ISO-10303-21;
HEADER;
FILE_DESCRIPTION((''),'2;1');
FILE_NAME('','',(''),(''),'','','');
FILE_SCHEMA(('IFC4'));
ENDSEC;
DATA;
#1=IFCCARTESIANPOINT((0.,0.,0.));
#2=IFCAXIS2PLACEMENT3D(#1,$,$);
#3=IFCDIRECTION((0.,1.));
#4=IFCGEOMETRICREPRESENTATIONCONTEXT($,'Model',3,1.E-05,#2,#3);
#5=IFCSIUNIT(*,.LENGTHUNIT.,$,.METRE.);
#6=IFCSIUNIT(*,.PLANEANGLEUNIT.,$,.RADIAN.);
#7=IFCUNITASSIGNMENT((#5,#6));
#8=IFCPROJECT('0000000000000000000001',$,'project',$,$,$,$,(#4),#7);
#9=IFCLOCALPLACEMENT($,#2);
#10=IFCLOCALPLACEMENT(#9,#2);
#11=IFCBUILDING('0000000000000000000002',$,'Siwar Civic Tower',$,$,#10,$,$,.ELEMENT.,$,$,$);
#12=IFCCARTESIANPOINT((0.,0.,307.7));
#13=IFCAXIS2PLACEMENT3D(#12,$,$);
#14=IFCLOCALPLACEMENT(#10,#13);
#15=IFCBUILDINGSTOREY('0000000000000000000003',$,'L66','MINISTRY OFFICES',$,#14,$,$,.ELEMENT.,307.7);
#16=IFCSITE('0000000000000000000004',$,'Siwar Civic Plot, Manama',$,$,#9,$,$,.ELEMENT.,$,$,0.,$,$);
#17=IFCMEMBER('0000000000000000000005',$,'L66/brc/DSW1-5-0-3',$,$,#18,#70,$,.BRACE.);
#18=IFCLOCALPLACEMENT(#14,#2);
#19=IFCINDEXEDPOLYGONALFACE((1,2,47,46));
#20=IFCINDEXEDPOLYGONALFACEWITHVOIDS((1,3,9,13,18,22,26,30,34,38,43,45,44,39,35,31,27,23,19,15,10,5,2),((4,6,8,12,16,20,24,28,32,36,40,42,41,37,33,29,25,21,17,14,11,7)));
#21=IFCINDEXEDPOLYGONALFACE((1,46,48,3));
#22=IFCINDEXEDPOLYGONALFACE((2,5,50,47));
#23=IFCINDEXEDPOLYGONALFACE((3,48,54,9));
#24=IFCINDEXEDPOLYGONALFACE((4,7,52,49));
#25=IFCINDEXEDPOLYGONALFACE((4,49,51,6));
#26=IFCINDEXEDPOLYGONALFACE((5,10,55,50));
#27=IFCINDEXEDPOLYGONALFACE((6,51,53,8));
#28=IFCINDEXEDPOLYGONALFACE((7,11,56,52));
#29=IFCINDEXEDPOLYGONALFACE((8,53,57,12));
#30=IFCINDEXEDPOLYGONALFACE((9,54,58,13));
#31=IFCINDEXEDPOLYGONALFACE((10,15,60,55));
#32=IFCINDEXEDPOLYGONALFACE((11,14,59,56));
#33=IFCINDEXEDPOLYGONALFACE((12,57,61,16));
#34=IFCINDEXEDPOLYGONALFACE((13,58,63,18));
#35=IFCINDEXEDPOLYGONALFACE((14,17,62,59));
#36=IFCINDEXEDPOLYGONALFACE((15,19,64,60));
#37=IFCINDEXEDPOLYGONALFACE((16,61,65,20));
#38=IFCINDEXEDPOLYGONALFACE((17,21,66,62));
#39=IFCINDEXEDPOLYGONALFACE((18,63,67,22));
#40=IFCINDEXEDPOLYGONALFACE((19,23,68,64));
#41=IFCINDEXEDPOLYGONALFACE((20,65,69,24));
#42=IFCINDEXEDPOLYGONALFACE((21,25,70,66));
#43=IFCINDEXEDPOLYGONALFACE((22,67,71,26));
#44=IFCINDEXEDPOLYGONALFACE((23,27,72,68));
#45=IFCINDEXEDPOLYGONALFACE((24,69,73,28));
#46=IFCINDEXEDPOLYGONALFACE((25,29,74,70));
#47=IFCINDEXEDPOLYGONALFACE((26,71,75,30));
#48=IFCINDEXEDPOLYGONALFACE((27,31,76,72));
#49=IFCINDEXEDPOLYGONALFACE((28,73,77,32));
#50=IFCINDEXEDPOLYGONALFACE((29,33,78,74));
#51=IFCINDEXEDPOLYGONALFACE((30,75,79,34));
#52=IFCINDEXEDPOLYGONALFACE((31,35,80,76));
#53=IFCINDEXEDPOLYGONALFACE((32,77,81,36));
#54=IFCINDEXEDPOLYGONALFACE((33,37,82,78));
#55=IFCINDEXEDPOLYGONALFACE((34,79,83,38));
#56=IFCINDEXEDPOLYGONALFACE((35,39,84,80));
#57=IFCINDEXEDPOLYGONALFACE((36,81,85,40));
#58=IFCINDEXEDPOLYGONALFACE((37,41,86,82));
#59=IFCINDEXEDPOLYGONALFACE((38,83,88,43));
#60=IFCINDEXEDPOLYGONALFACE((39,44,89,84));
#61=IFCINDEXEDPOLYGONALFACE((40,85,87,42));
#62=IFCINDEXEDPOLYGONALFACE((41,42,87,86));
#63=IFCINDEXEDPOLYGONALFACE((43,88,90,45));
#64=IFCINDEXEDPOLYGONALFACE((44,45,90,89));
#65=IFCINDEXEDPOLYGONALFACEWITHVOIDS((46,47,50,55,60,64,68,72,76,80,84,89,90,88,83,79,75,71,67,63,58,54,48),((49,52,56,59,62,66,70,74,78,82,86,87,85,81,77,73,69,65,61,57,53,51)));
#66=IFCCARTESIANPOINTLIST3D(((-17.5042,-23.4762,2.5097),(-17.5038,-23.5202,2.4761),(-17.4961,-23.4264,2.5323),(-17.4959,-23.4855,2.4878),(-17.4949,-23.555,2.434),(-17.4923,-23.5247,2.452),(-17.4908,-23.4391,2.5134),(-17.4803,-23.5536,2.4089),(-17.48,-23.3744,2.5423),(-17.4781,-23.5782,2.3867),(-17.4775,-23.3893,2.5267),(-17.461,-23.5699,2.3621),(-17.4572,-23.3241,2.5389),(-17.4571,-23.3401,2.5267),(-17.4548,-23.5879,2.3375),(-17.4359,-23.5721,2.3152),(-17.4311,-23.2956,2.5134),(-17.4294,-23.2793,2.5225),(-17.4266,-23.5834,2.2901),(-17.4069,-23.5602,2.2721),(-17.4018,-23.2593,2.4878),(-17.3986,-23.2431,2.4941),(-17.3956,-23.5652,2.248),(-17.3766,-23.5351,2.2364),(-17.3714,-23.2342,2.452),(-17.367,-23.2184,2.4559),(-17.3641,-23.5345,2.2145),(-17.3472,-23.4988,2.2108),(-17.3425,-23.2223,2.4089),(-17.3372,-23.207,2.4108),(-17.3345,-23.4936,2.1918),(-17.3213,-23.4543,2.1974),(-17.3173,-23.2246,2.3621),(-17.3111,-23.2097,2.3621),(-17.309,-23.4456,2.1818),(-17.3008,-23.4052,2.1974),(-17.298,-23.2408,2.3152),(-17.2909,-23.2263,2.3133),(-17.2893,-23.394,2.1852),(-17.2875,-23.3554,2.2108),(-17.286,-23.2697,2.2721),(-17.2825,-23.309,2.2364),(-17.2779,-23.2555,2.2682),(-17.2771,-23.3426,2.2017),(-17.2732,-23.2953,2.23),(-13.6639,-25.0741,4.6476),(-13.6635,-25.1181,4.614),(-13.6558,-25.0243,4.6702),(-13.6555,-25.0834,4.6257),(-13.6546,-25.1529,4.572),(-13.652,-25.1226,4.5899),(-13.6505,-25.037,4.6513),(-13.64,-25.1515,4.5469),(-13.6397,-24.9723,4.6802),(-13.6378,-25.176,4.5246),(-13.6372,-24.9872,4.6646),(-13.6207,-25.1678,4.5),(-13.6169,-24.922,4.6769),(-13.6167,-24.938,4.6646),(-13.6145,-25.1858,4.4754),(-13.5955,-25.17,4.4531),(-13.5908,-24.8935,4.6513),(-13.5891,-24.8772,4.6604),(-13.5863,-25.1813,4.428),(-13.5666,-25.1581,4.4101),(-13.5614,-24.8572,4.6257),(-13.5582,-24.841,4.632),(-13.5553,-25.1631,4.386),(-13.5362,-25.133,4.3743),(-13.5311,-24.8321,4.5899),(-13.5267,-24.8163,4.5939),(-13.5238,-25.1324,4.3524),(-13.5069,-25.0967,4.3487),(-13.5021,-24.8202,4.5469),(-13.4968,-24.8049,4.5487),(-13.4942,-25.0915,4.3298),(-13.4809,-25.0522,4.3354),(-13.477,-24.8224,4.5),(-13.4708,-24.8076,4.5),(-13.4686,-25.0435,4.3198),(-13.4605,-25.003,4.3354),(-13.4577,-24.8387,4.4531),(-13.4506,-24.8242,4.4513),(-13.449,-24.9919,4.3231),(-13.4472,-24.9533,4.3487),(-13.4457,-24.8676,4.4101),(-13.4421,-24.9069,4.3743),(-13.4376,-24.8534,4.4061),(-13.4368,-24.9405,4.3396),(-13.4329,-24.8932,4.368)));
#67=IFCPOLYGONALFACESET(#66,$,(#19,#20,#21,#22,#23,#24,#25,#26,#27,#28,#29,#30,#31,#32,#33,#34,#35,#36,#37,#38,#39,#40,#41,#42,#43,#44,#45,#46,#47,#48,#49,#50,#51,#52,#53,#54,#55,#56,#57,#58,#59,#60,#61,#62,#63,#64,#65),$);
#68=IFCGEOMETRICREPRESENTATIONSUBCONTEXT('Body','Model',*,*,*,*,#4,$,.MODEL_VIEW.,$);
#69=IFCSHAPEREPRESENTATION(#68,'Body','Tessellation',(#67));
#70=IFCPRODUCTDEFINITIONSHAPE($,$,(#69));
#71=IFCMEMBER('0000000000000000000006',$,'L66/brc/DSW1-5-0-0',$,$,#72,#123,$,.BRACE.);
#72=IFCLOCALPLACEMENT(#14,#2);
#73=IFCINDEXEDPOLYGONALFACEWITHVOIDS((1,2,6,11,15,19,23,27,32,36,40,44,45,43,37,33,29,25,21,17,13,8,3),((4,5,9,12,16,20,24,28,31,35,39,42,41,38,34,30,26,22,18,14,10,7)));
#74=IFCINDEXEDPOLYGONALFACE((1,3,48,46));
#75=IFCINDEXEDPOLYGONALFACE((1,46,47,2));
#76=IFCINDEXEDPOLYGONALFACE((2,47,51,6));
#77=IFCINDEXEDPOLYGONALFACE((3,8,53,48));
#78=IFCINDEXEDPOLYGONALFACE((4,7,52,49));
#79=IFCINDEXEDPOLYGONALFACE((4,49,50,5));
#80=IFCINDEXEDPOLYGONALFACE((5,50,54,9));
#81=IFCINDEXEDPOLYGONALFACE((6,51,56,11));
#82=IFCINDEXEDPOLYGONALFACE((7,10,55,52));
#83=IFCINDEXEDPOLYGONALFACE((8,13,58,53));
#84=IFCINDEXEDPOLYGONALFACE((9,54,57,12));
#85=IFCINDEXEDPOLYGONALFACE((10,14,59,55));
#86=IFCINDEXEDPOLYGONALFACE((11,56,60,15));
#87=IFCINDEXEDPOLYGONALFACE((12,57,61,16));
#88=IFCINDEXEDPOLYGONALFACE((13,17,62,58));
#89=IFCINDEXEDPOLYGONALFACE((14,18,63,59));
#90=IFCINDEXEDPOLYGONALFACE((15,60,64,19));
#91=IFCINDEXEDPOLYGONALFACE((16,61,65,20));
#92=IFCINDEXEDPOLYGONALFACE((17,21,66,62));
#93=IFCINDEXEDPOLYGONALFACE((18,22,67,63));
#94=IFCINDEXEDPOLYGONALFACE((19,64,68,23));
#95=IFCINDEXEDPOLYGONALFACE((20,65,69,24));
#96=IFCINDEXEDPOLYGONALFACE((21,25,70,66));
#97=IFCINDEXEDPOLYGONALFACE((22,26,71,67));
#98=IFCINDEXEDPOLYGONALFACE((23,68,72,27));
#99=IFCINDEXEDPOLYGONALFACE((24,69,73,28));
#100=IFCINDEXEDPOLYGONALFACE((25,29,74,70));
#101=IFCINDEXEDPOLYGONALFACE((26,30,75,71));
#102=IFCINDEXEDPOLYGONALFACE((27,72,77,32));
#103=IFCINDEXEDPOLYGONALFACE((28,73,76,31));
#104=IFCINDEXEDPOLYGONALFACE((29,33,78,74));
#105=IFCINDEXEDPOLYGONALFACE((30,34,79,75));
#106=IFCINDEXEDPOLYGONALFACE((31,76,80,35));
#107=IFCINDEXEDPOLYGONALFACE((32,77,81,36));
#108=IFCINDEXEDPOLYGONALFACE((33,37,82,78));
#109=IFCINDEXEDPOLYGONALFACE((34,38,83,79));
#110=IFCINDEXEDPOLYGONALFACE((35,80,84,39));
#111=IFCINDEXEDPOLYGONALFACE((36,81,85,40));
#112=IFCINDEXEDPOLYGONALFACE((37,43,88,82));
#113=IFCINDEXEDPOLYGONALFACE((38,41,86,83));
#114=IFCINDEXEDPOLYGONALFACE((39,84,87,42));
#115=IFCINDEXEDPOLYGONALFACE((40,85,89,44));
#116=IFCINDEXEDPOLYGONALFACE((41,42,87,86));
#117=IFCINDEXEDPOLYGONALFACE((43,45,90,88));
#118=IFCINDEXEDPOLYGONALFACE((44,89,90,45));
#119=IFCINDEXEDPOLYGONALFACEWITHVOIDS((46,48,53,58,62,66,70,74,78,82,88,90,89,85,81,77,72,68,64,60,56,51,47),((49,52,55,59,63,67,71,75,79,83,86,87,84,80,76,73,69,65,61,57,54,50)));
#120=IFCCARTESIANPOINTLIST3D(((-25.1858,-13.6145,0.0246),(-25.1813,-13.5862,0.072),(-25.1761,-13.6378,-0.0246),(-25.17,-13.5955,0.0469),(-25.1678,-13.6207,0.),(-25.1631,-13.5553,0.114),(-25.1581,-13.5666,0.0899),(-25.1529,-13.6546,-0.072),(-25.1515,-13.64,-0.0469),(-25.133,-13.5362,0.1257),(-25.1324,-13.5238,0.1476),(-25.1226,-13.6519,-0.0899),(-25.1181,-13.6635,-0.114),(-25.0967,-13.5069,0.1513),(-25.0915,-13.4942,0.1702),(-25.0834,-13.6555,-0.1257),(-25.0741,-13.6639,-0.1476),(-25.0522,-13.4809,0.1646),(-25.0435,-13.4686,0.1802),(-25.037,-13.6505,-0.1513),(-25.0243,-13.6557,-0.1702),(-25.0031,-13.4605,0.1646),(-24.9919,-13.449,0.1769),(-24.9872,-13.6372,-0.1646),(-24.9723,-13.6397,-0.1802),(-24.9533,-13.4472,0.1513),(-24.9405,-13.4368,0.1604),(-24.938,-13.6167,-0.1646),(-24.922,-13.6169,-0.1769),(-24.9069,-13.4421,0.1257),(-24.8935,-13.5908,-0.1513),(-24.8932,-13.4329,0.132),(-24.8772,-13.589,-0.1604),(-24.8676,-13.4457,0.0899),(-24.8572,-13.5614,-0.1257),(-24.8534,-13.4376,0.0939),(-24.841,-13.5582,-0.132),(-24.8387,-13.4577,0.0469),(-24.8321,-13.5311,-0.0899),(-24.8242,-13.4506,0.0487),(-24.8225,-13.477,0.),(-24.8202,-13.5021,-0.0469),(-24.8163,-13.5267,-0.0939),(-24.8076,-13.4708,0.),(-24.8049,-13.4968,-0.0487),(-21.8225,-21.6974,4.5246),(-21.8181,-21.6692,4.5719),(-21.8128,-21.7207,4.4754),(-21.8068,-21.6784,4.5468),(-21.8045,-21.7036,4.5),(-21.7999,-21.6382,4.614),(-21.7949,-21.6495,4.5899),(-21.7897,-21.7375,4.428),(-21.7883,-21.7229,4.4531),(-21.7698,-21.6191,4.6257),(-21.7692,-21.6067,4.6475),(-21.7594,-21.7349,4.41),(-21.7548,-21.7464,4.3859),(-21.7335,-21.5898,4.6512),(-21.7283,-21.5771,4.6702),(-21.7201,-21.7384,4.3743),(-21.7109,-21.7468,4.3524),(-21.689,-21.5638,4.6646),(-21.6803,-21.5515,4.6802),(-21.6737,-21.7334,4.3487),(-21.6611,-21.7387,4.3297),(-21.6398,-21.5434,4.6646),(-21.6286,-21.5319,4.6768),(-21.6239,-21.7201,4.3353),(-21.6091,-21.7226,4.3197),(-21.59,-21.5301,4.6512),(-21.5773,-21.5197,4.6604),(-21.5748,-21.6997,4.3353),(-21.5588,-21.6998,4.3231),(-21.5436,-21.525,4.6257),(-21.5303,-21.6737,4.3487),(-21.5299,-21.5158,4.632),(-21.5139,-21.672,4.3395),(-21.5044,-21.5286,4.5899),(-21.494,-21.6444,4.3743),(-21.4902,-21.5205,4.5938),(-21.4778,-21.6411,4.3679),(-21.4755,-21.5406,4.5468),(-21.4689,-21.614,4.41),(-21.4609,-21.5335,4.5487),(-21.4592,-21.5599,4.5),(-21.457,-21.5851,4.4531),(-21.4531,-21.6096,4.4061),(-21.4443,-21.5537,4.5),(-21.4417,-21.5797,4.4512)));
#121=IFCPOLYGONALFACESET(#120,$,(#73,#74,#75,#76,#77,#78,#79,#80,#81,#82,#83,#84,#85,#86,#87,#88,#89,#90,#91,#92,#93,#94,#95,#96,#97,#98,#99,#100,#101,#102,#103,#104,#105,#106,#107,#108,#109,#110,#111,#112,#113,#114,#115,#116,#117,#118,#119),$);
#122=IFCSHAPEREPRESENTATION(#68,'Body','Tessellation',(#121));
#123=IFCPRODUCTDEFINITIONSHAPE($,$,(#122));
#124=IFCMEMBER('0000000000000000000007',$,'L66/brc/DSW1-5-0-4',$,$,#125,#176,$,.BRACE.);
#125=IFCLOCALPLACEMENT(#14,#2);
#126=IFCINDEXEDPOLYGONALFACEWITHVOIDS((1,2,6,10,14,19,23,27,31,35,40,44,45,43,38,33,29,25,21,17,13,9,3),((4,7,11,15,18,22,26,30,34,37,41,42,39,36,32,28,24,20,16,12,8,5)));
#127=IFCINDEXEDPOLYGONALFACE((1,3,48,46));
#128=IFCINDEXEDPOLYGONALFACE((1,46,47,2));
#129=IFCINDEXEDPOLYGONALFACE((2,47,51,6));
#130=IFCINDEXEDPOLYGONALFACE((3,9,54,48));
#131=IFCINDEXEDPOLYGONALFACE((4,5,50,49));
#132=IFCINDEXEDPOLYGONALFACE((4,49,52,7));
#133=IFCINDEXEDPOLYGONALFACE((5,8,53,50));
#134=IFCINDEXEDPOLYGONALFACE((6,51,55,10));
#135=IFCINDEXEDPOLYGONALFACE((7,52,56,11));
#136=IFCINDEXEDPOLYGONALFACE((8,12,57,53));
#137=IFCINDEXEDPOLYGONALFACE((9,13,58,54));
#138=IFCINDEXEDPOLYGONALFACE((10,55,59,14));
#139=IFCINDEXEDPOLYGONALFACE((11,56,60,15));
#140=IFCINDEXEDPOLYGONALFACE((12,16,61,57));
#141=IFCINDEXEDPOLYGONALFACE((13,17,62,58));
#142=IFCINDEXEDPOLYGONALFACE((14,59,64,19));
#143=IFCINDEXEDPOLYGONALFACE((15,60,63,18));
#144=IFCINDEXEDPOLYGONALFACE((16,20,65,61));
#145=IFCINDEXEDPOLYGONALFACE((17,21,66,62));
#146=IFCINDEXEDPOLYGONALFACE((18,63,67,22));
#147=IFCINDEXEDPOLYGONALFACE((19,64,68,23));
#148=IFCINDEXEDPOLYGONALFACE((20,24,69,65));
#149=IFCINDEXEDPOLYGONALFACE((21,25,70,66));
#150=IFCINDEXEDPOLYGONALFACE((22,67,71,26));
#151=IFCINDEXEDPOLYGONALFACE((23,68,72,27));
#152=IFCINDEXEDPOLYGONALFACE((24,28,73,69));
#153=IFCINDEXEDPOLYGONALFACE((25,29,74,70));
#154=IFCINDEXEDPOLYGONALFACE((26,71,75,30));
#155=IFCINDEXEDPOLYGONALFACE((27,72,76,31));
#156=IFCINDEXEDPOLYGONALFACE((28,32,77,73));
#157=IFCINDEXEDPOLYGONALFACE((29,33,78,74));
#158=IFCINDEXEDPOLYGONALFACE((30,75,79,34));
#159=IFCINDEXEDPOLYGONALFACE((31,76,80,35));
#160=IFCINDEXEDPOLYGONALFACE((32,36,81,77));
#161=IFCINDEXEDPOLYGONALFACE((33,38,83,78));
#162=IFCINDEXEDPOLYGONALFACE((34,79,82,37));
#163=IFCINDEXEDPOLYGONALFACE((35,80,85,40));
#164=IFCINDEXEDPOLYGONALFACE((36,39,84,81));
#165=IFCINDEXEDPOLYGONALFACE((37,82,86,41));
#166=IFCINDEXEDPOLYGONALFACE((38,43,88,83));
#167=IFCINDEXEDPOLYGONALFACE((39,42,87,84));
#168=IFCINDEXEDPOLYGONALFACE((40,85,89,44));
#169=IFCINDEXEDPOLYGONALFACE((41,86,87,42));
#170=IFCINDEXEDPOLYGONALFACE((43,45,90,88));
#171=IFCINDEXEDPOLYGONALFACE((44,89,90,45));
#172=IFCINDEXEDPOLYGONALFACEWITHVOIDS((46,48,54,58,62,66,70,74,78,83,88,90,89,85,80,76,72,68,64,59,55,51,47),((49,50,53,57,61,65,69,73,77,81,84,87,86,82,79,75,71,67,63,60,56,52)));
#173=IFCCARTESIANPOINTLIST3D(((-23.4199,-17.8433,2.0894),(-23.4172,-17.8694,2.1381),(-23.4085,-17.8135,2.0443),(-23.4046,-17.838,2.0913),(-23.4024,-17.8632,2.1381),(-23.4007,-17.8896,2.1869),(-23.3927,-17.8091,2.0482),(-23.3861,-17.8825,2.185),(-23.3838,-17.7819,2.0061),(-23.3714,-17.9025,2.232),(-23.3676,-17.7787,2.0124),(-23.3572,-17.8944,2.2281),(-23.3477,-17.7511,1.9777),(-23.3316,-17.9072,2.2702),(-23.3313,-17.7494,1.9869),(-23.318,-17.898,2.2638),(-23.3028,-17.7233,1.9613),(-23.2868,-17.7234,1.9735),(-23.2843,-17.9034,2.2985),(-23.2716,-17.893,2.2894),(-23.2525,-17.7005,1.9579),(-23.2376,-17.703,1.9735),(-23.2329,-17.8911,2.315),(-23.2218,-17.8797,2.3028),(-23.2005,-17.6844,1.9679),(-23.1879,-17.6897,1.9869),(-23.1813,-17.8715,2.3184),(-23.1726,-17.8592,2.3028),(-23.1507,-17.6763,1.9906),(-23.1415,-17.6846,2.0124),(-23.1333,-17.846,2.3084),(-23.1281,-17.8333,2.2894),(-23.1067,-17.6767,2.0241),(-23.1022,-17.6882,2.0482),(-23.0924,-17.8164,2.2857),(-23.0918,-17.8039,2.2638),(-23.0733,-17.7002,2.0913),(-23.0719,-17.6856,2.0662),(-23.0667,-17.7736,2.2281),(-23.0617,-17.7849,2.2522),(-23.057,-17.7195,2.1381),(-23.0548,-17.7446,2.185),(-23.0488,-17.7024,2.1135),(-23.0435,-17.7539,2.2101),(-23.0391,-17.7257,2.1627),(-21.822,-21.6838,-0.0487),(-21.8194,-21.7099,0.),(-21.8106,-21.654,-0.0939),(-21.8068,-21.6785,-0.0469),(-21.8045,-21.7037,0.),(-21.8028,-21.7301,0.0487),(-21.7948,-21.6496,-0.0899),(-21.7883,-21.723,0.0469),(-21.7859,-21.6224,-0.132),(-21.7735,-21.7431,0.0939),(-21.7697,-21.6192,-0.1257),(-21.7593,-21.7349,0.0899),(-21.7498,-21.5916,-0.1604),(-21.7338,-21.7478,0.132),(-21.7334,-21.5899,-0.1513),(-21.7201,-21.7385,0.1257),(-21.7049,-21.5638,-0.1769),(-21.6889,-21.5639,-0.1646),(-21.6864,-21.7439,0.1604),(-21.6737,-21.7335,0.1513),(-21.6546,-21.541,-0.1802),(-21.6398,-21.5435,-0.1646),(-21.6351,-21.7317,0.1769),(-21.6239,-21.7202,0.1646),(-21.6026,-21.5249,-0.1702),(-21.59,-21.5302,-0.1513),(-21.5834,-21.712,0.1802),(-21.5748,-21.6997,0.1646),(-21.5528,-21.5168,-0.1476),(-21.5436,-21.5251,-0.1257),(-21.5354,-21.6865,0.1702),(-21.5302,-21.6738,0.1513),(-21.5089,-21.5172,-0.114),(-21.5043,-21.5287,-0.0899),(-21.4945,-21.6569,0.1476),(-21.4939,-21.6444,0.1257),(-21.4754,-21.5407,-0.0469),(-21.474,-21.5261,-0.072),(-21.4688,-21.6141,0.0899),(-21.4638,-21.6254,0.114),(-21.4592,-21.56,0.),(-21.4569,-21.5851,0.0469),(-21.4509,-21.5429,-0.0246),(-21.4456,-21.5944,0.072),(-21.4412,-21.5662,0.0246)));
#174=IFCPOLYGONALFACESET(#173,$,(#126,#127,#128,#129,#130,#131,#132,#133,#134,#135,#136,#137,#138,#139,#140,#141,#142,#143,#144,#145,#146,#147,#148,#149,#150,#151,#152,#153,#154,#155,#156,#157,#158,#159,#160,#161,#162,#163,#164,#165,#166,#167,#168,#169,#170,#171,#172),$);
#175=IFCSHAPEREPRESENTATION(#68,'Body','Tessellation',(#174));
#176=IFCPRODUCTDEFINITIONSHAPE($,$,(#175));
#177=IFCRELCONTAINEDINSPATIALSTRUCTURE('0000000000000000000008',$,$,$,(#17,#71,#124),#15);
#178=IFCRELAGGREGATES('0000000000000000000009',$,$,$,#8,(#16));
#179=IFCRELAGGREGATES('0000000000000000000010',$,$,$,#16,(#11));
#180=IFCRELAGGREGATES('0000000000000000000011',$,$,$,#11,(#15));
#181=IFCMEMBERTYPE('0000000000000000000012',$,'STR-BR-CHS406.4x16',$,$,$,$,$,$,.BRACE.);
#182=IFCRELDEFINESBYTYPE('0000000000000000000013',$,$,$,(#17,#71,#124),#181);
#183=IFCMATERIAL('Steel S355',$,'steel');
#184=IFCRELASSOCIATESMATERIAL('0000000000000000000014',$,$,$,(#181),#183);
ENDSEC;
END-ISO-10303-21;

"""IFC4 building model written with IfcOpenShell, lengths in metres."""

from ifc_helpers import new_model, si_unit, direction, frame, origin, origin_2d, place, context, subcontext, project, spatial, hollow_circle, extrude, material, material_profile, profile_set, type_object, element, save


model = new_model("IFC4")

# Units and contexts
model_context = context("Model", 3, precision=1e-05, world=origin(), true_north=direction((0.0, 1.0)))
body_context = subcontext(model_context, "Body", "Model", "MODEL_VIEW")
ifc_project = project(units=[si_unit("LENGTHUNIT", "METRE"), si_unit("PLANEANGLEUNIT", "RADIAN")], contexts=[model_context])

# Site, building, storey
site_placement = place(None, origin())
site = spatial("IfcSite", under=ifc_project, at=site_placement, Name="Siwar Civic Plot, Manama", CompositionType="ELEMENT", RefElevation=0.0)
building_placement = place(site_placement, origin())
building = spatial("IfcBuilding", under=site, at=building_placement, Name="Siwar Civic Tower", CompositionType="ELEMENT")
storey_placement = place(building_placement, frame((0.0, 0.0, 307.7)))
storey = spatial("IfcBuildingStorey", under=building, at=storey_placement, Name="L66", Description="MINISTRY OFFICES", CompositionType="ELEMENT", Elevation=307.7)

# Members
ifc_material_1 = material(Name="Steel S355", Category="steel")
ifc_material_profile_1 = material_profile(ifc_material_1, hollow_circle(Radius=0.2031, WallThickness=0.0161, at=origin_2d()), Name="CHS406.4x16")
ifc_profile_set_1 = profile_set([ifc_material_profile_1], Name="Steel S355")
member_type_1 = type_object("IfcMemberType", Name="STR-BR-CHS406.4x16", PredefinedType="BRACE", material=ifc_profile_set_1)
member_1_placement = place(storey_placement, frame((-17.3892, -23.3972, 2.3621), z_axis=(0.82115, -0.341667, 0.45714), x_axis=(0.384157, 0.923268, 0.0)))
element("IfcMember", 1, at=member_1_placement, inside=storey, type_object=member_type_1, Name="L66/brc/DSW1-5-0-3", PredefinedType="BRACE", context=body_context, shape_type="SweptSolid", body=[
    extrude(hollow_circle(Radius=0.2031, WallThickness=0.0161, at=origin_2d()), origin(), (0.0, 0.0, 1.0), 4.6768),
])
member_2_placement = place(storey_placement, frame((-24.9951, -13.5488, 0.0), z_axis=(0.341671, -0.821143, 0.457149), x_axis=(0.923265, 0.384164, 0.0)))
element("IfcMember", 2, at=member_2_placement, inside=storey, type_object=member_type_1, Name="L66/brc/DSW1-5-0-0", PredefinedType="BRACE", context=body_context, shape_type="SweptSolid", body=[
    extrude(hollow_circle(Radius=0.2031, WallThickness=0.0161, at=origin_2d()), origin(), (0.0, 0.0, 1.0), 9.8435),
])
member_3_placement = place(storey_placement, frame((-21.6318, -21.6318, 0.0), z_axis=(-0.341644, 0.821147, 0.457161), x_axis=(-0.923276, -0.384136, 0.0)))
element("IfcMember", 3, at=member_3_placement, inside=storey, type_object=member_type_1, Name="L66/brc/DSW1-5-0-4", PredefinedType="BRACE", context=body_context, shape_type="SweptSolid", body=[
    extrude(hollow_circle(Radius=0.2031, WallThickness=0.0161, at=origin_2d()), origin(), (0.0, 0.0, 1.0), 4.677),
])

save(model, "model.ifc")
